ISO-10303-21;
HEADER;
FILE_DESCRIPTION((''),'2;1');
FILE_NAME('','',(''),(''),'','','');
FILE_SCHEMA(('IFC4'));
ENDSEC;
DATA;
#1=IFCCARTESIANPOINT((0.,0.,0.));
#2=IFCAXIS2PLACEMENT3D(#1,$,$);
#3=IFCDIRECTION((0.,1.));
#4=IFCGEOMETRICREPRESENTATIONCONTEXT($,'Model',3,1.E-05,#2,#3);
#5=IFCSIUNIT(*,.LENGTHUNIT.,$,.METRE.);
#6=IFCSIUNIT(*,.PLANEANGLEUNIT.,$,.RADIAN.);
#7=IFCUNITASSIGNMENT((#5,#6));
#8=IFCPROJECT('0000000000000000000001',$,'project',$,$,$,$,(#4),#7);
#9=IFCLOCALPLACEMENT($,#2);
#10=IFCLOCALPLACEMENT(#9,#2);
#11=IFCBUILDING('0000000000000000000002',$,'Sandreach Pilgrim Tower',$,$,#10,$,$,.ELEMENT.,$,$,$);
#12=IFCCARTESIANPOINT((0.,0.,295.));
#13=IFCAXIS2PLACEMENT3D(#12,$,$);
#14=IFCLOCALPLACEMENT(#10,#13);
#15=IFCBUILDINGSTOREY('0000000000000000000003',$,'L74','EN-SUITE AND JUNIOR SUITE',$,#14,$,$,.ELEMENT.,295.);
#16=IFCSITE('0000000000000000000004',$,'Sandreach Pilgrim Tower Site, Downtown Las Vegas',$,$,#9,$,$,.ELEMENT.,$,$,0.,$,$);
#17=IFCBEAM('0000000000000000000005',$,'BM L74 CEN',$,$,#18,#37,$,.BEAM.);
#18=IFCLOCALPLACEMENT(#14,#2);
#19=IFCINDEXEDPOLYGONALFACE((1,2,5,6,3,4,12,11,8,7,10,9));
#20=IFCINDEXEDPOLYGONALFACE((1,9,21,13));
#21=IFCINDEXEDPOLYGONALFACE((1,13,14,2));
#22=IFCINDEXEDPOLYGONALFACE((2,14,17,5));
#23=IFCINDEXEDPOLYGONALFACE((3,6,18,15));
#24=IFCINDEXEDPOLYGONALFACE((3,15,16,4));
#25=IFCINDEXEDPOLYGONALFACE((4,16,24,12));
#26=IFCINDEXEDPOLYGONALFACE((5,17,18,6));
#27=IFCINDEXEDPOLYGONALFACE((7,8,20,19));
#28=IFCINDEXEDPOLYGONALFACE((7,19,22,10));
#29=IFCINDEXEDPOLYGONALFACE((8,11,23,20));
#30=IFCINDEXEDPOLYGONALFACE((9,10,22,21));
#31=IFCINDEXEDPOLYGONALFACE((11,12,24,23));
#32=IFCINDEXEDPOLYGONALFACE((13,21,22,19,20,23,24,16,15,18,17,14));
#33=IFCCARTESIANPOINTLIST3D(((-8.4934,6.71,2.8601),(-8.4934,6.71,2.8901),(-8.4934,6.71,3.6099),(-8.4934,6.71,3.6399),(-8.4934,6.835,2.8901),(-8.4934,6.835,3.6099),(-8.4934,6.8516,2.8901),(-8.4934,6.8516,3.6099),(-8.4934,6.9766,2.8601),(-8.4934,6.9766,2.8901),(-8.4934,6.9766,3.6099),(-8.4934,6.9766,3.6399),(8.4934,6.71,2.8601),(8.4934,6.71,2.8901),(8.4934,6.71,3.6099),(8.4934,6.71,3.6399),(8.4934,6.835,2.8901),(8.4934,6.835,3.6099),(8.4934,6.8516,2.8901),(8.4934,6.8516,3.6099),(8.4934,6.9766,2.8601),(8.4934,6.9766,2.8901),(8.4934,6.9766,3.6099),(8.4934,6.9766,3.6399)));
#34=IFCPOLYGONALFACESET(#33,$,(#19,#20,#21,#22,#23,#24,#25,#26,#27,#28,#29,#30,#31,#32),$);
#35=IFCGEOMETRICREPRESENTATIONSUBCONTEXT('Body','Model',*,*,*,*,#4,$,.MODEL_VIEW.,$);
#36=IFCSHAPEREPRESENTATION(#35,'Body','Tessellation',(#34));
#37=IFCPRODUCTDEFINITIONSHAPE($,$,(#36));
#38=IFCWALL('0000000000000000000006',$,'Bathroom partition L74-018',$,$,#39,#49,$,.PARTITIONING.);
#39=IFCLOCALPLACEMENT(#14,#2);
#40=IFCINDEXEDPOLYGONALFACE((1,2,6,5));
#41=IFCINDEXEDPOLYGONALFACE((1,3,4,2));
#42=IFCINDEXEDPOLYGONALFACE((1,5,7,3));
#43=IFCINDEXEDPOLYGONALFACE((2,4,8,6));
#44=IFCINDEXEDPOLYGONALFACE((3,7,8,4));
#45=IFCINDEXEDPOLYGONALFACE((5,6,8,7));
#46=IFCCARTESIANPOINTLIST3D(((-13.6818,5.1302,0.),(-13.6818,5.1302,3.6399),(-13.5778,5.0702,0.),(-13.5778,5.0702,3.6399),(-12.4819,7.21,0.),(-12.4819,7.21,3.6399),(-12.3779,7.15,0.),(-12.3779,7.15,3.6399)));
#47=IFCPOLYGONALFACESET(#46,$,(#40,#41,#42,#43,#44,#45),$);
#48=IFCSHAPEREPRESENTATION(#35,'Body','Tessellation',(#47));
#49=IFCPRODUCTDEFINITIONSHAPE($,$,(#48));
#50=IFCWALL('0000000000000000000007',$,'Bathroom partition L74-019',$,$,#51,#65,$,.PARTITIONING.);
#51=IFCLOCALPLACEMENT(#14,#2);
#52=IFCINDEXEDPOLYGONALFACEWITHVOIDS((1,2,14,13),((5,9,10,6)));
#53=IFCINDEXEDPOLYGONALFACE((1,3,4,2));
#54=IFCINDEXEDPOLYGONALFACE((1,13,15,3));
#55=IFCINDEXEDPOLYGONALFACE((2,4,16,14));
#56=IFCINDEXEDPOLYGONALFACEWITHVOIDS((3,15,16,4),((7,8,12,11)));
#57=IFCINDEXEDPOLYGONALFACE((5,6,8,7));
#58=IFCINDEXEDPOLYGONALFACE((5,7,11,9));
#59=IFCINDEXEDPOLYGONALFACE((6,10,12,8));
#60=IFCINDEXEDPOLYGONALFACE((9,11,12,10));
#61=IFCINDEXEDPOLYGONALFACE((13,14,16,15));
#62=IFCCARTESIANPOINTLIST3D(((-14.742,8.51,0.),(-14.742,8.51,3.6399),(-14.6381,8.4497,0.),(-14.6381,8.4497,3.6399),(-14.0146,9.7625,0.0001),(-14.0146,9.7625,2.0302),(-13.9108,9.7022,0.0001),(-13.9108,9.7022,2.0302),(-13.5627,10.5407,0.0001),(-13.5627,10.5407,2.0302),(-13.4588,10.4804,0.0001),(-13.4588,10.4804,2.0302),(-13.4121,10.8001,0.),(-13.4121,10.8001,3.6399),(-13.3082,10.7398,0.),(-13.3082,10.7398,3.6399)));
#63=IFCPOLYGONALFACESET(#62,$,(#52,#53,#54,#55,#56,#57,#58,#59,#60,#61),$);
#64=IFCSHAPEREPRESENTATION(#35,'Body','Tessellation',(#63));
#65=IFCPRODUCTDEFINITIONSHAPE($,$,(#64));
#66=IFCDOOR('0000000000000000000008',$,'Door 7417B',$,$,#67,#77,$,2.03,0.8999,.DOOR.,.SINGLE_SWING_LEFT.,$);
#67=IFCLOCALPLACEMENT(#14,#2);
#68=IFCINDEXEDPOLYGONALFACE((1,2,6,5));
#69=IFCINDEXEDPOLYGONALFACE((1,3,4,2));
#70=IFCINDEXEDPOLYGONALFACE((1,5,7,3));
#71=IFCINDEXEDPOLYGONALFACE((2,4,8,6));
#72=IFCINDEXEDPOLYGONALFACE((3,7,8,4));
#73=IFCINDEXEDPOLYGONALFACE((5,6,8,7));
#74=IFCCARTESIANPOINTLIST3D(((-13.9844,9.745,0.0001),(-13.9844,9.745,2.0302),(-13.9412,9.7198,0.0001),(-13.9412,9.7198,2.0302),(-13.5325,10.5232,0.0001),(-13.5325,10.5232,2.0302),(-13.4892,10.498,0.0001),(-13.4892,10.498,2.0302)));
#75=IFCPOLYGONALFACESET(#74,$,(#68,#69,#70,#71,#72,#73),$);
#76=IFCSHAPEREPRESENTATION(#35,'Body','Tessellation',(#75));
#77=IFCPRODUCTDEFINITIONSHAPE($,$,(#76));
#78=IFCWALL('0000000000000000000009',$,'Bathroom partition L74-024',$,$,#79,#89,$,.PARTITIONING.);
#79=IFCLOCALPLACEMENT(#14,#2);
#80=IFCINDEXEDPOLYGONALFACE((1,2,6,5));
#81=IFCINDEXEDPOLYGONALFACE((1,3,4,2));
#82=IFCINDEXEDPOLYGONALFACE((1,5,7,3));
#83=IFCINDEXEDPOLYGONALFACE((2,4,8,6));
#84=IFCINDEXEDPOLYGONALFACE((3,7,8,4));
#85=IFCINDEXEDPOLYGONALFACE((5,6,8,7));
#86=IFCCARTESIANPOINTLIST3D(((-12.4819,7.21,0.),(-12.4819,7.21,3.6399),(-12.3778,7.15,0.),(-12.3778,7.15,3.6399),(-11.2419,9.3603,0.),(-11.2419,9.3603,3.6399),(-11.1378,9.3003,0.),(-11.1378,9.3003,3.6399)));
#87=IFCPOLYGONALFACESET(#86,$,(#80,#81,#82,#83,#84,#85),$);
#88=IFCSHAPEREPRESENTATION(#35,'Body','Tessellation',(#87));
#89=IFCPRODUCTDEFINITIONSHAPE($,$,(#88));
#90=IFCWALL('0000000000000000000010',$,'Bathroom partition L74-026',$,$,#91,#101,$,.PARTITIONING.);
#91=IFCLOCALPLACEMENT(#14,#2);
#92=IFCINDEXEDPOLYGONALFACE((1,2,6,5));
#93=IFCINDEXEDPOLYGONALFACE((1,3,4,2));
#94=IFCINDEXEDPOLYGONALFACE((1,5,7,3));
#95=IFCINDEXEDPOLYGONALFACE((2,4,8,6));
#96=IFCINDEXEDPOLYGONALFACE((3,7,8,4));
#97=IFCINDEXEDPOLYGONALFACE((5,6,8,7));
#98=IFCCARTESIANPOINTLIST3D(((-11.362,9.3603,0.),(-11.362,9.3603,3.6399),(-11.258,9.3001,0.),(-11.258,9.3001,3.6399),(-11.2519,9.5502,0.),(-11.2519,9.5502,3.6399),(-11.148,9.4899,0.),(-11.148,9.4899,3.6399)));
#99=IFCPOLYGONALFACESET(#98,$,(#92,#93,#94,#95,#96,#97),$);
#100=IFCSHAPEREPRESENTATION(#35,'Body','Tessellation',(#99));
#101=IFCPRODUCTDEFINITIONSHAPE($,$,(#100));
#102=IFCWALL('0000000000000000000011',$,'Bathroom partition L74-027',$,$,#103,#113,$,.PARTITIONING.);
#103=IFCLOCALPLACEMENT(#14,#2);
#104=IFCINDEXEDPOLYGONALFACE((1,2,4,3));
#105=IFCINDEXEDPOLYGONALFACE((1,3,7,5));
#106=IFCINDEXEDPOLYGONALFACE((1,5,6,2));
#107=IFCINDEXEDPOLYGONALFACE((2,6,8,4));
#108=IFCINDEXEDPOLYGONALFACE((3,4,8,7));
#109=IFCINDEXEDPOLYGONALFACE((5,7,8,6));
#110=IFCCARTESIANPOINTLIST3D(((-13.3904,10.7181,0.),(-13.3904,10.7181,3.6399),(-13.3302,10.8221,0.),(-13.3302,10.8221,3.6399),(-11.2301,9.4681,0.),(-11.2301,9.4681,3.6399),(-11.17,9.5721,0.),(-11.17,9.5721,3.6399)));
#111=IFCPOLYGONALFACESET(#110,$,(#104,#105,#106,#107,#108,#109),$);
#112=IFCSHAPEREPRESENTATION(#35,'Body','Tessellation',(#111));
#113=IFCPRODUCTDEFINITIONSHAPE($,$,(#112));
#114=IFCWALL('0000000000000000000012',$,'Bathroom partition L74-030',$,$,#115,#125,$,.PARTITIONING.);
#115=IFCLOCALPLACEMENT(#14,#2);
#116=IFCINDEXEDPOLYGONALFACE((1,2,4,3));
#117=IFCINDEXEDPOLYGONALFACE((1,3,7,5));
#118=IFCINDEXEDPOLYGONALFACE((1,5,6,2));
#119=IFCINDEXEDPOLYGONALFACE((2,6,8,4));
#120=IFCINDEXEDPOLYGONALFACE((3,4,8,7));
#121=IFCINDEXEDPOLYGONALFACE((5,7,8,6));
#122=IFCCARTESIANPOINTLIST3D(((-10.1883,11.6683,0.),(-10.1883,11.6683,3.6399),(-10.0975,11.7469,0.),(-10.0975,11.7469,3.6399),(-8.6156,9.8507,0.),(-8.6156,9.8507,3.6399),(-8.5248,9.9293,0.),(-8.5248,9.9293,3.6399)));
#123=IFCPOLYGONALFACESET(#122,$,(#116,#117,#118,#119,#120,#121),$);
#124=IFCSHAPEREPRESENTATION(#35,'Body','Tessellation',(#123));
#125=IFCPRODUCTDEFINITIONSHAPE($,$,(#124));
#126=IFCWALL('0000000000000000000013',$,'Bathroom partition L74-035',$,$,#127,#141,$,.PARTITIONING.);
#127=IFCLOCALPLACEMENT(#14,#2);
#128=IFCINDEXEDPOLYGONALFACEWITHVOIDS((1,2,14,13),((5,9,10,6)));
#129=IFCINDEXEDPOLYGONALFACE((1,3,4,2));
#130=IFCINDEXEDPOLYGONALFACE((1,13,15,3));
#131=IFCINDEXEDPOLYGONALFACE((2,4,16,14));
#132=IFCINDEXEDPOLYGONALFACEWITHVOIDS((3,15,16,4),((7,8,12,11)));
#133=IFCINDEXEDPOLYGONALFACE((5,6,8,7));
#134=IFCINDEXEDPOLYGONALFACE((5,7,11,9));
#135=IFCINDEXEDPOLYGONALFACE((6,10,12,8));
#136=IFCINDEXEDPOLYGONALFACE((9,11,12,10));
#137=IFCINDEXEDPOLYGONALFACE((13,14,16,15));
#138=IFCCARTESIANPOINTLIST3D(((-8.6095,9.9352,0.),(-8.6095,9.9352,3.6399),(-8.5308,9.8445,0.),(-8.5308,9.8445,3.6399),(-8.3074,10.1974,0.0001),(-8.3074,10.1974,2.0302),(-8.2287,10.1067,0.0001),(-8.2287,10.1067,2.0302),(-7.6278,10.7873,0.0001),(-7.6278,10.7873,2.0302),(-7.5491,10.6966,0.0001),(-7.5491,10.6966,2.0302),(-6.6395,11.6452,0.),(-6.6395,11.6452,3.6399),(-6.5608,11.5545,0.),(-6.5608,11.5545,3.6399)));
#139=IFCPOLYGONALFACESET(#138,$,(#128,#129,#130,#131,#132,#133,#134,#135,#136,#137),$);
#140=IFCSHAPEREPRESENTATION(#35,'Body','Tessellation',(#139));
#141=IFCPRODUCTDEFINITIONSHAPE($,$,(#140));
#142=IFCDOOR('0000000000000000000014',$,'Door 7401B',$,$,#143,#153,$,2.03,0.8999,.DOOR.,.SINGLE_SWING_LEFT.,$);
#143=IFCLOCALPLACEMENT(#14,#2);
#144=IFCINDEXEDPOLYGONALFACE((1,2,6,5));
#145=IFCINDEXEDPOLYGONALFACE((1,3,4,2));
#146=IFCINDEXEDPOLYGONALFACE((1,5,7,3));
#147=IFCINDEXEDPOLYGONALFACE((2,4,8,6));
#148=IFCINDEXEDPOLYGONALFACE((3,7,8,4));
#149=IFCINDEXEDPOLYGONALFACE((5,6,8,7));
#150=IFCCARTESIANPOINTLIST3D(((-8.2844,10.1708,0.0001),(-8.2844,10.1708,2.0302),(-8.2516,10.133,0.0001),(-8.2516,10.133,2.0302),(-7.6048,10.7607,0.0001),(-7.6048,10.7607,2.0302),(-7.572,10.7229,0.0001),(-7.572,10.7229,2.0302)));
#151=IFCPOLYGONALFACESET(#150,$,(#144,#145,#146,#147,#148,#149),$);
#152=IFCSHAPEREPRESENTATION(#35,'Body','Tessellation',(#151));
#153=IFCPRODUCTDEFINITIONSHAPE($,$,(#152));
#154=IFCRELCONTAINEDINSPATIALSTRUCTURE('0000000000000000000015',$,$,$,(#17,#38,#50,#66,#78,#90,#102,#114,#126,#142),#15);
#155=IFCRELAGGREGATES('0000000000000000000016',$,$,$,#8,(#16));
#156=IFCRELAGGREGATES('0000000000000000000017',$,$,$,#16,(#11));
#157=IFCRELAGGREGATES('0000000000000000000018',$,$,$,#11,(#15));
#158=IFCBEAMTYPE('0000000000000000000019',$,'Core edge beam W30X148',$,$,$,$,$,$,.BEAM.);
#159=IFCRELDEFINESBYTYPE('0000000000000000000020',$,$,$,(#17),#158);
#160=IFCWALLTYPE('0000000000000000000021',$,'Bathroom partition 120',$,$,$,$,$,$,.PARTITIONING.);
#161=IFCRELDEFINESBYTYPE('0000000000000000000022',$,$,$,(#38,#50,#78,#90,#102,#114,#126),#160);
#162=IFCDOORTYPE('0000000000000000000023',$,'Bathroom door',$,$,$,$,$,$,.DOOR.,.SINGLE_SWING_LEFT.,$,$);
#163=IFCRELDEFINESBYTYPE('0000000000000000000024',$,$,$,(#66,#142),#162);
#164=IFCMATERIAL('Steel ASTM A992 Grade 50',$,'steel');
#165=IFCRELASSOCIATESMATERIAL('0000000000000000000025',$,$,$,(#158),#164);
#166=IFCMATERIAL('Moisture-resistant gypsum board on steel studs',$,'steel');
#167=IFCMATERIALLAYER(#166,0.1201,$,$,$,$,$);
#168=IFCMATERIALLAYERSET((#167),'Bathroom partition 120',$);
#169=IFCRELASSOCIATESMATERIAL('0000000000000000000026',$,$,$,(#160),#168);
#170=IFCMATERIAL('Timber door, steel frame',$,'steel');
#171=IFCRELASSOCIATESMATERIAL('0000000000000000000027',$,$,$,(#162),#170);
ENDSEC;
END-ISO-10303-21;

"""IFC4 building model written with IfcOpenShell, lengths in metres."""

from ifc_helpers import new_model, si_unit, direction, frame, frame_2d, origin, origin_2d, place, context, subcontext, project, spatial, rectangle, i_section, extrude, material, layer, layer_set, material_profile, profile_set, type_object, element, fill, save


model = new_model("IFC4")

# Units and contexts
model_context = context("Model", 3, precision=1e-05, world=origin(), true_north=direction((0.0, 1.0)))
body_context = subcontext(model_context, "Body", "Model", "MODEL_VIEW")
ifc_project = project(units=[si_unit("LENGTHUNIT", "METRE"), si_unit("PLANEANGLEUNIT", "RADIAN")], contexts=[model_context])

# Site, building, storey
site_placement = place(None, origin())
site = spatial("IfcSite", under=ifc_project, at=site_placement, Name="Sandreach Pilgrim Tower Site, Downtown Las Vegas", CompositionType="ELEMENT", RefElevation=0.0)
building_placement = place(site_placement, origin())
building = spatial("IfcBuilding", under=site, at=building_placement, Name="Sandreach Pilgrim Tower", CompositionType="ELEMENT")
storey_placement = place(building_placement, frame((0.0, 0.0, 295.0)))
storey = spatial("IfcBuildingStorey", under=building, at=storey_placement, Name="L74", Description="EN-SUITE AND JUNIOR SUITE", CompositionType="ELEMENT", Elevation=295.0)

# Beam
ifc_material_1 = material(Name="Steel ASTM A992 Grade 50", Category="steel")
ifc_material_profile = material_profile(ifc_material_1, i_section(OverallWidth=0.2666, OverallDepth=0.7798, WebThickness=0.0166, FlangeThickness=0.03, at=origin_2d()), Name="W30X148")
ifc_profile_set = profile_set([ifc_material_profile], Name="Steel ASTM A992 Grade 50")
beam_type = type_object("IfcBeamType", Name="Core edge beam W30X148", PredefinedType="BEAM", material=ifc_profile_set)
beam_placement = place(storey_placement, frame((-8.4934, 6.8433, 3.25), z_axis=(1.0, 0.0, 0.0), x_axis=(0.0, 1.0, 0.0)))
element("IfcBeam", 1, at=beam_placement, inside=storey, type_object=beam_type, Name="BM L74 CEN", PredefinedType="BEAM", context=body_context, shape_type="SweptSolid", body=[
    extrude(i_section(OverallWidth=0.2666, OverallDepth=0.7798, WebThickness=0.0166, FlangeThickness=0.03, at=origin_2d()), origin(), (0.0, 0.0, 1.0), 16.9868),
])

# Wall
ifc_material_2 = material(Name="Moisture-resistant gypsum board on steel studs", Category="steel")
ifc_layer_1 = layer(ifc_material_2, 0.1201)
ifc_layer_set_1 = layer_set([ifc_layer_1], Name="Bathroom partition 120")
wall_type_1 = type_object("IfcWallType", Name="Bathroom partition 120", PredefinedType="PARTITIONING", material=ifc_layer_set_1)
wall_1_placement = place(storey_placement, frame((-13.6299, 5.1001, 0.0), z_axis=(0.0, 0.0, 1.0), x_axis=(0.499737, 0.866177, 0.0)))
element("IfcWall", 2, at=wall_1_placement, inside=storey, type_object=wall_type_1, Name="Bathroom partition L74-018", PredefinedType="PARTITIONING", context=body_context, shape_type="SweptSolid", body=[
    extrude(rectangle(XDim=2.4011, YDim=0.1201, at=frame_2d((1.2007, 0.0))), origin(), (0.0, 0.0, 1.0), 3.6399),
])

# Wall, opening, door
wall_2_placement = place(storey_placement, frame((-13.3601, 10.77, 0.0), z_axis=(0.0, 0.0, 1.0), x_axis=(-0.502173, -0.864767, 0.0)))
wall_2 = element("IfcWall", 3, at=wall_2_placement, inside=storey, type_object=wall_type_1, Name="Bathroom partition L74-019", PredefinedType="PARTITIONING", context=body_context, shape_type="SweptSolid", body=[
    extrude(rectangle(XDim=2.6482, YDim=0.1201, at=frame_2d((1.3242, 0.0))), origin(), (0.0, 0.0, 1.0), 3.6399),
])
opening_1_placement = place(wall_2_placement, frame((0.3, 0.0, 0.0)))
opening_1 = element("IfcOpeningElement", 4, at=opening_1_placement, cuts=wall_2, PredefinedType="OPENING", context=body_context, shape_type="SweptSolid", body=[
    extrude(rectangle(XDim=0.8999, YDim=2.03, at=frame_2d((0.45, 1.0151))), frame((0.0, 0.0601, 0.0), z_axis=(0.0, -1.0, 0.0), x_axis=(1.0, 0.0, 0.0)), (0.0, 0.0, 1.0), 0.1201),
])
ifc_material_3 = material(Name="Timber door, steel frame", Category="steel")
door_type_1 = type_object("IfcDoorType", Name="Bathroom door", OperationType="SINGLE_SWING_LEFT", PredefinedType="DOOR", material=ifc_material_3)
door_1_placement = place(opening_1_placement, origin())
door_1 = element("IfcDoor", 5, at=door_1_placement, inside=storey, type_object=door_type_1, Name="Door 7417B", OperationType="SINGLE_SWING_LEFT", OverallHeight=2.03, OverallWidth=0.8999, PredefinedType="DOOR", context=body_context, shape_type="SweptSolid", body=[
    extrude(rectangle(XDim=0.8999, YDim=2.03, at=frame_2d((0.45, 1.0151))), frame((0.0, 0.0249, 0.0), z_axis=(0.0, -1.0, 0.0), x_axis=(1.0, 0.0, 0.0)), (0.0, 0.0, 1.0), 0.05),
])
fill(opening_1, door_1)

# Walls
wall_3_placement = place(storey_placement, frame((-12.4299, 7.1799, 0.0), z_axis=(0.0, 0.0, 1.0), x_axis=(0.499578, 0.866269, 0.0)))
element("IfcWall", 6, at=wall_3_placement, inside=storey, type_object=wall_type_1, Name="Bathroom partition L74-024", PredefinedType="PARTITIONING", context=body_context, shape_type="SweptSolid", body=[
    extrude(rectangle(XDim=2.4822, YDim=0.1201, at=frame_2d((1.2412, 0.0))), origin(), (0.0, 0.0, 1.0), 3.6399),
])
wall_4_placement = place(storey_placement, frame((-11.3101, 9.3301, 0.0), z_axis=(0.0, 0.0, 1.0), x_axis=(0.501518, 0.865147, 0.0)))
element("IfcWall", 7, at=wall_4_placement, inside=storey, type_object=wall_type_1, Name="Bathroom partition L74-026", PredefinedType="PARTITIONING", context=body_context, shape_type="SweptSolid", body=[
    extrude(rectangle(XDim=0.2195, YDim=0.1201, at=frame_2d((0.1099, 0.0))), origin(), (0.0, 0.0, 1.0), 3.6399),
])
wall_5_placement = place(storey_placement, frame((-11.2, 9.52, 0.0), z_axis=(0.0, 0.0, 1.0), x_axis=(-0.865533, 0.500851, 0.0)))
element("IfcWall", 8, at=wall_5_placement, inside=storey, type_object=wall_type_1, Name="Bathroom partition L74-027", PredefinedType="PARTITIONING", context=body_context, shape_type="SweptSolid", body=[
    extrude(rectangle(XDim=2.4958, YDim=0.1201, at=frame_2d((1.248, 0.0))), origin(), (0.0, 0.0, 1.0), 3.6399),
])
wall_6_placement = place(storey_placement, frame((-10.1428, 11.7075, 0.0), z_axis=(0.0, 0.0, 1.0), x_axis=(0.654331, -0.756208, 0.0)))
element("IfcWall", 9, at=wall_6_placement, inside=storey, type_object=wall_type_1, Name="Bathroom partition L74-030", PredefinedType="PARTITIONING", context=body_context, shape_type="SweptSolid", body=[
    extrude(rectangle(XDim=2.4036, YDim=0.1201, at=frame_2d((1.2017, 0.0))), origin(), (0.0, 0.0, 1.0), 3.6399),
])

# Wall, opening, door
wall_7_placement = place(storey_placement, frame((-8.5701, 9.8899, 0.0), z_axis=(0.0, 0.0, 1.0), x_axis=(0.755186, 0.655511, 0.0)))
wall_7 = element("IfcWall", 10, at=wall_7_placement, inside=storey, type_object=wall_type_1, Name="Bathroom partition L74-035", PredefinedType="PARTITIONING", context=body_context, shape_type="SweptSolid", body=[
    extrude(rectangle(XDim=2.6086, YDim=0.1201, at=frame_2d((1.3042, 0.0))), origin(), (0.0, 0.0, 1.0), 3.6399),
])
opening_2_placement = place(wall_7_placement, frame((0.3999, 0.0, 0.0)))
opening_2 = element("IfcOpeningElement", 11, at=opening_2_placement, cuts=wall_7, PredefinedType="OPENING", context=body_context, shape_type="SweptSolid", body=[
    extrude(rectangle(XDim=0.8999, YDim=2.03, at=frame_2d((0.45, 1.0151))), frame((0.0, 0.0601, 0.0), z_axis=(0.0, -1.0, 0.0), x_axis=(1.0, 0.0, 0.0)), (0.0, 0.0, 1.0), 0.1201),
])
door_2_placement = place(opening_2_placement, origin())
door_2 = element("IfcDoor", 12, at=door_2_placement, inside=storey, type_object=door_type_1, Name="Door 7401B", OperationType="SINGLE_SWING_LEFT", OverallHeight=2.03, OverallWidth=0.8999, PredefinedType="DOOR", context=body_context, shape_type="SweptSolid", body=[
    extrude(rectangle(XDim=0.8999, YDim=2.03, at=frame_2d((0.45, 1.0151))), frame((0.0, 0.0249, 0.0), z_axis=(0.0, -1.0, 0.0), x_axis=(1.0, 0.0, 0.0)), (0.0, 0.0, 1.0), 0.05),
])
fill(opening_2, door_2)

save(model, "model.ifc")
